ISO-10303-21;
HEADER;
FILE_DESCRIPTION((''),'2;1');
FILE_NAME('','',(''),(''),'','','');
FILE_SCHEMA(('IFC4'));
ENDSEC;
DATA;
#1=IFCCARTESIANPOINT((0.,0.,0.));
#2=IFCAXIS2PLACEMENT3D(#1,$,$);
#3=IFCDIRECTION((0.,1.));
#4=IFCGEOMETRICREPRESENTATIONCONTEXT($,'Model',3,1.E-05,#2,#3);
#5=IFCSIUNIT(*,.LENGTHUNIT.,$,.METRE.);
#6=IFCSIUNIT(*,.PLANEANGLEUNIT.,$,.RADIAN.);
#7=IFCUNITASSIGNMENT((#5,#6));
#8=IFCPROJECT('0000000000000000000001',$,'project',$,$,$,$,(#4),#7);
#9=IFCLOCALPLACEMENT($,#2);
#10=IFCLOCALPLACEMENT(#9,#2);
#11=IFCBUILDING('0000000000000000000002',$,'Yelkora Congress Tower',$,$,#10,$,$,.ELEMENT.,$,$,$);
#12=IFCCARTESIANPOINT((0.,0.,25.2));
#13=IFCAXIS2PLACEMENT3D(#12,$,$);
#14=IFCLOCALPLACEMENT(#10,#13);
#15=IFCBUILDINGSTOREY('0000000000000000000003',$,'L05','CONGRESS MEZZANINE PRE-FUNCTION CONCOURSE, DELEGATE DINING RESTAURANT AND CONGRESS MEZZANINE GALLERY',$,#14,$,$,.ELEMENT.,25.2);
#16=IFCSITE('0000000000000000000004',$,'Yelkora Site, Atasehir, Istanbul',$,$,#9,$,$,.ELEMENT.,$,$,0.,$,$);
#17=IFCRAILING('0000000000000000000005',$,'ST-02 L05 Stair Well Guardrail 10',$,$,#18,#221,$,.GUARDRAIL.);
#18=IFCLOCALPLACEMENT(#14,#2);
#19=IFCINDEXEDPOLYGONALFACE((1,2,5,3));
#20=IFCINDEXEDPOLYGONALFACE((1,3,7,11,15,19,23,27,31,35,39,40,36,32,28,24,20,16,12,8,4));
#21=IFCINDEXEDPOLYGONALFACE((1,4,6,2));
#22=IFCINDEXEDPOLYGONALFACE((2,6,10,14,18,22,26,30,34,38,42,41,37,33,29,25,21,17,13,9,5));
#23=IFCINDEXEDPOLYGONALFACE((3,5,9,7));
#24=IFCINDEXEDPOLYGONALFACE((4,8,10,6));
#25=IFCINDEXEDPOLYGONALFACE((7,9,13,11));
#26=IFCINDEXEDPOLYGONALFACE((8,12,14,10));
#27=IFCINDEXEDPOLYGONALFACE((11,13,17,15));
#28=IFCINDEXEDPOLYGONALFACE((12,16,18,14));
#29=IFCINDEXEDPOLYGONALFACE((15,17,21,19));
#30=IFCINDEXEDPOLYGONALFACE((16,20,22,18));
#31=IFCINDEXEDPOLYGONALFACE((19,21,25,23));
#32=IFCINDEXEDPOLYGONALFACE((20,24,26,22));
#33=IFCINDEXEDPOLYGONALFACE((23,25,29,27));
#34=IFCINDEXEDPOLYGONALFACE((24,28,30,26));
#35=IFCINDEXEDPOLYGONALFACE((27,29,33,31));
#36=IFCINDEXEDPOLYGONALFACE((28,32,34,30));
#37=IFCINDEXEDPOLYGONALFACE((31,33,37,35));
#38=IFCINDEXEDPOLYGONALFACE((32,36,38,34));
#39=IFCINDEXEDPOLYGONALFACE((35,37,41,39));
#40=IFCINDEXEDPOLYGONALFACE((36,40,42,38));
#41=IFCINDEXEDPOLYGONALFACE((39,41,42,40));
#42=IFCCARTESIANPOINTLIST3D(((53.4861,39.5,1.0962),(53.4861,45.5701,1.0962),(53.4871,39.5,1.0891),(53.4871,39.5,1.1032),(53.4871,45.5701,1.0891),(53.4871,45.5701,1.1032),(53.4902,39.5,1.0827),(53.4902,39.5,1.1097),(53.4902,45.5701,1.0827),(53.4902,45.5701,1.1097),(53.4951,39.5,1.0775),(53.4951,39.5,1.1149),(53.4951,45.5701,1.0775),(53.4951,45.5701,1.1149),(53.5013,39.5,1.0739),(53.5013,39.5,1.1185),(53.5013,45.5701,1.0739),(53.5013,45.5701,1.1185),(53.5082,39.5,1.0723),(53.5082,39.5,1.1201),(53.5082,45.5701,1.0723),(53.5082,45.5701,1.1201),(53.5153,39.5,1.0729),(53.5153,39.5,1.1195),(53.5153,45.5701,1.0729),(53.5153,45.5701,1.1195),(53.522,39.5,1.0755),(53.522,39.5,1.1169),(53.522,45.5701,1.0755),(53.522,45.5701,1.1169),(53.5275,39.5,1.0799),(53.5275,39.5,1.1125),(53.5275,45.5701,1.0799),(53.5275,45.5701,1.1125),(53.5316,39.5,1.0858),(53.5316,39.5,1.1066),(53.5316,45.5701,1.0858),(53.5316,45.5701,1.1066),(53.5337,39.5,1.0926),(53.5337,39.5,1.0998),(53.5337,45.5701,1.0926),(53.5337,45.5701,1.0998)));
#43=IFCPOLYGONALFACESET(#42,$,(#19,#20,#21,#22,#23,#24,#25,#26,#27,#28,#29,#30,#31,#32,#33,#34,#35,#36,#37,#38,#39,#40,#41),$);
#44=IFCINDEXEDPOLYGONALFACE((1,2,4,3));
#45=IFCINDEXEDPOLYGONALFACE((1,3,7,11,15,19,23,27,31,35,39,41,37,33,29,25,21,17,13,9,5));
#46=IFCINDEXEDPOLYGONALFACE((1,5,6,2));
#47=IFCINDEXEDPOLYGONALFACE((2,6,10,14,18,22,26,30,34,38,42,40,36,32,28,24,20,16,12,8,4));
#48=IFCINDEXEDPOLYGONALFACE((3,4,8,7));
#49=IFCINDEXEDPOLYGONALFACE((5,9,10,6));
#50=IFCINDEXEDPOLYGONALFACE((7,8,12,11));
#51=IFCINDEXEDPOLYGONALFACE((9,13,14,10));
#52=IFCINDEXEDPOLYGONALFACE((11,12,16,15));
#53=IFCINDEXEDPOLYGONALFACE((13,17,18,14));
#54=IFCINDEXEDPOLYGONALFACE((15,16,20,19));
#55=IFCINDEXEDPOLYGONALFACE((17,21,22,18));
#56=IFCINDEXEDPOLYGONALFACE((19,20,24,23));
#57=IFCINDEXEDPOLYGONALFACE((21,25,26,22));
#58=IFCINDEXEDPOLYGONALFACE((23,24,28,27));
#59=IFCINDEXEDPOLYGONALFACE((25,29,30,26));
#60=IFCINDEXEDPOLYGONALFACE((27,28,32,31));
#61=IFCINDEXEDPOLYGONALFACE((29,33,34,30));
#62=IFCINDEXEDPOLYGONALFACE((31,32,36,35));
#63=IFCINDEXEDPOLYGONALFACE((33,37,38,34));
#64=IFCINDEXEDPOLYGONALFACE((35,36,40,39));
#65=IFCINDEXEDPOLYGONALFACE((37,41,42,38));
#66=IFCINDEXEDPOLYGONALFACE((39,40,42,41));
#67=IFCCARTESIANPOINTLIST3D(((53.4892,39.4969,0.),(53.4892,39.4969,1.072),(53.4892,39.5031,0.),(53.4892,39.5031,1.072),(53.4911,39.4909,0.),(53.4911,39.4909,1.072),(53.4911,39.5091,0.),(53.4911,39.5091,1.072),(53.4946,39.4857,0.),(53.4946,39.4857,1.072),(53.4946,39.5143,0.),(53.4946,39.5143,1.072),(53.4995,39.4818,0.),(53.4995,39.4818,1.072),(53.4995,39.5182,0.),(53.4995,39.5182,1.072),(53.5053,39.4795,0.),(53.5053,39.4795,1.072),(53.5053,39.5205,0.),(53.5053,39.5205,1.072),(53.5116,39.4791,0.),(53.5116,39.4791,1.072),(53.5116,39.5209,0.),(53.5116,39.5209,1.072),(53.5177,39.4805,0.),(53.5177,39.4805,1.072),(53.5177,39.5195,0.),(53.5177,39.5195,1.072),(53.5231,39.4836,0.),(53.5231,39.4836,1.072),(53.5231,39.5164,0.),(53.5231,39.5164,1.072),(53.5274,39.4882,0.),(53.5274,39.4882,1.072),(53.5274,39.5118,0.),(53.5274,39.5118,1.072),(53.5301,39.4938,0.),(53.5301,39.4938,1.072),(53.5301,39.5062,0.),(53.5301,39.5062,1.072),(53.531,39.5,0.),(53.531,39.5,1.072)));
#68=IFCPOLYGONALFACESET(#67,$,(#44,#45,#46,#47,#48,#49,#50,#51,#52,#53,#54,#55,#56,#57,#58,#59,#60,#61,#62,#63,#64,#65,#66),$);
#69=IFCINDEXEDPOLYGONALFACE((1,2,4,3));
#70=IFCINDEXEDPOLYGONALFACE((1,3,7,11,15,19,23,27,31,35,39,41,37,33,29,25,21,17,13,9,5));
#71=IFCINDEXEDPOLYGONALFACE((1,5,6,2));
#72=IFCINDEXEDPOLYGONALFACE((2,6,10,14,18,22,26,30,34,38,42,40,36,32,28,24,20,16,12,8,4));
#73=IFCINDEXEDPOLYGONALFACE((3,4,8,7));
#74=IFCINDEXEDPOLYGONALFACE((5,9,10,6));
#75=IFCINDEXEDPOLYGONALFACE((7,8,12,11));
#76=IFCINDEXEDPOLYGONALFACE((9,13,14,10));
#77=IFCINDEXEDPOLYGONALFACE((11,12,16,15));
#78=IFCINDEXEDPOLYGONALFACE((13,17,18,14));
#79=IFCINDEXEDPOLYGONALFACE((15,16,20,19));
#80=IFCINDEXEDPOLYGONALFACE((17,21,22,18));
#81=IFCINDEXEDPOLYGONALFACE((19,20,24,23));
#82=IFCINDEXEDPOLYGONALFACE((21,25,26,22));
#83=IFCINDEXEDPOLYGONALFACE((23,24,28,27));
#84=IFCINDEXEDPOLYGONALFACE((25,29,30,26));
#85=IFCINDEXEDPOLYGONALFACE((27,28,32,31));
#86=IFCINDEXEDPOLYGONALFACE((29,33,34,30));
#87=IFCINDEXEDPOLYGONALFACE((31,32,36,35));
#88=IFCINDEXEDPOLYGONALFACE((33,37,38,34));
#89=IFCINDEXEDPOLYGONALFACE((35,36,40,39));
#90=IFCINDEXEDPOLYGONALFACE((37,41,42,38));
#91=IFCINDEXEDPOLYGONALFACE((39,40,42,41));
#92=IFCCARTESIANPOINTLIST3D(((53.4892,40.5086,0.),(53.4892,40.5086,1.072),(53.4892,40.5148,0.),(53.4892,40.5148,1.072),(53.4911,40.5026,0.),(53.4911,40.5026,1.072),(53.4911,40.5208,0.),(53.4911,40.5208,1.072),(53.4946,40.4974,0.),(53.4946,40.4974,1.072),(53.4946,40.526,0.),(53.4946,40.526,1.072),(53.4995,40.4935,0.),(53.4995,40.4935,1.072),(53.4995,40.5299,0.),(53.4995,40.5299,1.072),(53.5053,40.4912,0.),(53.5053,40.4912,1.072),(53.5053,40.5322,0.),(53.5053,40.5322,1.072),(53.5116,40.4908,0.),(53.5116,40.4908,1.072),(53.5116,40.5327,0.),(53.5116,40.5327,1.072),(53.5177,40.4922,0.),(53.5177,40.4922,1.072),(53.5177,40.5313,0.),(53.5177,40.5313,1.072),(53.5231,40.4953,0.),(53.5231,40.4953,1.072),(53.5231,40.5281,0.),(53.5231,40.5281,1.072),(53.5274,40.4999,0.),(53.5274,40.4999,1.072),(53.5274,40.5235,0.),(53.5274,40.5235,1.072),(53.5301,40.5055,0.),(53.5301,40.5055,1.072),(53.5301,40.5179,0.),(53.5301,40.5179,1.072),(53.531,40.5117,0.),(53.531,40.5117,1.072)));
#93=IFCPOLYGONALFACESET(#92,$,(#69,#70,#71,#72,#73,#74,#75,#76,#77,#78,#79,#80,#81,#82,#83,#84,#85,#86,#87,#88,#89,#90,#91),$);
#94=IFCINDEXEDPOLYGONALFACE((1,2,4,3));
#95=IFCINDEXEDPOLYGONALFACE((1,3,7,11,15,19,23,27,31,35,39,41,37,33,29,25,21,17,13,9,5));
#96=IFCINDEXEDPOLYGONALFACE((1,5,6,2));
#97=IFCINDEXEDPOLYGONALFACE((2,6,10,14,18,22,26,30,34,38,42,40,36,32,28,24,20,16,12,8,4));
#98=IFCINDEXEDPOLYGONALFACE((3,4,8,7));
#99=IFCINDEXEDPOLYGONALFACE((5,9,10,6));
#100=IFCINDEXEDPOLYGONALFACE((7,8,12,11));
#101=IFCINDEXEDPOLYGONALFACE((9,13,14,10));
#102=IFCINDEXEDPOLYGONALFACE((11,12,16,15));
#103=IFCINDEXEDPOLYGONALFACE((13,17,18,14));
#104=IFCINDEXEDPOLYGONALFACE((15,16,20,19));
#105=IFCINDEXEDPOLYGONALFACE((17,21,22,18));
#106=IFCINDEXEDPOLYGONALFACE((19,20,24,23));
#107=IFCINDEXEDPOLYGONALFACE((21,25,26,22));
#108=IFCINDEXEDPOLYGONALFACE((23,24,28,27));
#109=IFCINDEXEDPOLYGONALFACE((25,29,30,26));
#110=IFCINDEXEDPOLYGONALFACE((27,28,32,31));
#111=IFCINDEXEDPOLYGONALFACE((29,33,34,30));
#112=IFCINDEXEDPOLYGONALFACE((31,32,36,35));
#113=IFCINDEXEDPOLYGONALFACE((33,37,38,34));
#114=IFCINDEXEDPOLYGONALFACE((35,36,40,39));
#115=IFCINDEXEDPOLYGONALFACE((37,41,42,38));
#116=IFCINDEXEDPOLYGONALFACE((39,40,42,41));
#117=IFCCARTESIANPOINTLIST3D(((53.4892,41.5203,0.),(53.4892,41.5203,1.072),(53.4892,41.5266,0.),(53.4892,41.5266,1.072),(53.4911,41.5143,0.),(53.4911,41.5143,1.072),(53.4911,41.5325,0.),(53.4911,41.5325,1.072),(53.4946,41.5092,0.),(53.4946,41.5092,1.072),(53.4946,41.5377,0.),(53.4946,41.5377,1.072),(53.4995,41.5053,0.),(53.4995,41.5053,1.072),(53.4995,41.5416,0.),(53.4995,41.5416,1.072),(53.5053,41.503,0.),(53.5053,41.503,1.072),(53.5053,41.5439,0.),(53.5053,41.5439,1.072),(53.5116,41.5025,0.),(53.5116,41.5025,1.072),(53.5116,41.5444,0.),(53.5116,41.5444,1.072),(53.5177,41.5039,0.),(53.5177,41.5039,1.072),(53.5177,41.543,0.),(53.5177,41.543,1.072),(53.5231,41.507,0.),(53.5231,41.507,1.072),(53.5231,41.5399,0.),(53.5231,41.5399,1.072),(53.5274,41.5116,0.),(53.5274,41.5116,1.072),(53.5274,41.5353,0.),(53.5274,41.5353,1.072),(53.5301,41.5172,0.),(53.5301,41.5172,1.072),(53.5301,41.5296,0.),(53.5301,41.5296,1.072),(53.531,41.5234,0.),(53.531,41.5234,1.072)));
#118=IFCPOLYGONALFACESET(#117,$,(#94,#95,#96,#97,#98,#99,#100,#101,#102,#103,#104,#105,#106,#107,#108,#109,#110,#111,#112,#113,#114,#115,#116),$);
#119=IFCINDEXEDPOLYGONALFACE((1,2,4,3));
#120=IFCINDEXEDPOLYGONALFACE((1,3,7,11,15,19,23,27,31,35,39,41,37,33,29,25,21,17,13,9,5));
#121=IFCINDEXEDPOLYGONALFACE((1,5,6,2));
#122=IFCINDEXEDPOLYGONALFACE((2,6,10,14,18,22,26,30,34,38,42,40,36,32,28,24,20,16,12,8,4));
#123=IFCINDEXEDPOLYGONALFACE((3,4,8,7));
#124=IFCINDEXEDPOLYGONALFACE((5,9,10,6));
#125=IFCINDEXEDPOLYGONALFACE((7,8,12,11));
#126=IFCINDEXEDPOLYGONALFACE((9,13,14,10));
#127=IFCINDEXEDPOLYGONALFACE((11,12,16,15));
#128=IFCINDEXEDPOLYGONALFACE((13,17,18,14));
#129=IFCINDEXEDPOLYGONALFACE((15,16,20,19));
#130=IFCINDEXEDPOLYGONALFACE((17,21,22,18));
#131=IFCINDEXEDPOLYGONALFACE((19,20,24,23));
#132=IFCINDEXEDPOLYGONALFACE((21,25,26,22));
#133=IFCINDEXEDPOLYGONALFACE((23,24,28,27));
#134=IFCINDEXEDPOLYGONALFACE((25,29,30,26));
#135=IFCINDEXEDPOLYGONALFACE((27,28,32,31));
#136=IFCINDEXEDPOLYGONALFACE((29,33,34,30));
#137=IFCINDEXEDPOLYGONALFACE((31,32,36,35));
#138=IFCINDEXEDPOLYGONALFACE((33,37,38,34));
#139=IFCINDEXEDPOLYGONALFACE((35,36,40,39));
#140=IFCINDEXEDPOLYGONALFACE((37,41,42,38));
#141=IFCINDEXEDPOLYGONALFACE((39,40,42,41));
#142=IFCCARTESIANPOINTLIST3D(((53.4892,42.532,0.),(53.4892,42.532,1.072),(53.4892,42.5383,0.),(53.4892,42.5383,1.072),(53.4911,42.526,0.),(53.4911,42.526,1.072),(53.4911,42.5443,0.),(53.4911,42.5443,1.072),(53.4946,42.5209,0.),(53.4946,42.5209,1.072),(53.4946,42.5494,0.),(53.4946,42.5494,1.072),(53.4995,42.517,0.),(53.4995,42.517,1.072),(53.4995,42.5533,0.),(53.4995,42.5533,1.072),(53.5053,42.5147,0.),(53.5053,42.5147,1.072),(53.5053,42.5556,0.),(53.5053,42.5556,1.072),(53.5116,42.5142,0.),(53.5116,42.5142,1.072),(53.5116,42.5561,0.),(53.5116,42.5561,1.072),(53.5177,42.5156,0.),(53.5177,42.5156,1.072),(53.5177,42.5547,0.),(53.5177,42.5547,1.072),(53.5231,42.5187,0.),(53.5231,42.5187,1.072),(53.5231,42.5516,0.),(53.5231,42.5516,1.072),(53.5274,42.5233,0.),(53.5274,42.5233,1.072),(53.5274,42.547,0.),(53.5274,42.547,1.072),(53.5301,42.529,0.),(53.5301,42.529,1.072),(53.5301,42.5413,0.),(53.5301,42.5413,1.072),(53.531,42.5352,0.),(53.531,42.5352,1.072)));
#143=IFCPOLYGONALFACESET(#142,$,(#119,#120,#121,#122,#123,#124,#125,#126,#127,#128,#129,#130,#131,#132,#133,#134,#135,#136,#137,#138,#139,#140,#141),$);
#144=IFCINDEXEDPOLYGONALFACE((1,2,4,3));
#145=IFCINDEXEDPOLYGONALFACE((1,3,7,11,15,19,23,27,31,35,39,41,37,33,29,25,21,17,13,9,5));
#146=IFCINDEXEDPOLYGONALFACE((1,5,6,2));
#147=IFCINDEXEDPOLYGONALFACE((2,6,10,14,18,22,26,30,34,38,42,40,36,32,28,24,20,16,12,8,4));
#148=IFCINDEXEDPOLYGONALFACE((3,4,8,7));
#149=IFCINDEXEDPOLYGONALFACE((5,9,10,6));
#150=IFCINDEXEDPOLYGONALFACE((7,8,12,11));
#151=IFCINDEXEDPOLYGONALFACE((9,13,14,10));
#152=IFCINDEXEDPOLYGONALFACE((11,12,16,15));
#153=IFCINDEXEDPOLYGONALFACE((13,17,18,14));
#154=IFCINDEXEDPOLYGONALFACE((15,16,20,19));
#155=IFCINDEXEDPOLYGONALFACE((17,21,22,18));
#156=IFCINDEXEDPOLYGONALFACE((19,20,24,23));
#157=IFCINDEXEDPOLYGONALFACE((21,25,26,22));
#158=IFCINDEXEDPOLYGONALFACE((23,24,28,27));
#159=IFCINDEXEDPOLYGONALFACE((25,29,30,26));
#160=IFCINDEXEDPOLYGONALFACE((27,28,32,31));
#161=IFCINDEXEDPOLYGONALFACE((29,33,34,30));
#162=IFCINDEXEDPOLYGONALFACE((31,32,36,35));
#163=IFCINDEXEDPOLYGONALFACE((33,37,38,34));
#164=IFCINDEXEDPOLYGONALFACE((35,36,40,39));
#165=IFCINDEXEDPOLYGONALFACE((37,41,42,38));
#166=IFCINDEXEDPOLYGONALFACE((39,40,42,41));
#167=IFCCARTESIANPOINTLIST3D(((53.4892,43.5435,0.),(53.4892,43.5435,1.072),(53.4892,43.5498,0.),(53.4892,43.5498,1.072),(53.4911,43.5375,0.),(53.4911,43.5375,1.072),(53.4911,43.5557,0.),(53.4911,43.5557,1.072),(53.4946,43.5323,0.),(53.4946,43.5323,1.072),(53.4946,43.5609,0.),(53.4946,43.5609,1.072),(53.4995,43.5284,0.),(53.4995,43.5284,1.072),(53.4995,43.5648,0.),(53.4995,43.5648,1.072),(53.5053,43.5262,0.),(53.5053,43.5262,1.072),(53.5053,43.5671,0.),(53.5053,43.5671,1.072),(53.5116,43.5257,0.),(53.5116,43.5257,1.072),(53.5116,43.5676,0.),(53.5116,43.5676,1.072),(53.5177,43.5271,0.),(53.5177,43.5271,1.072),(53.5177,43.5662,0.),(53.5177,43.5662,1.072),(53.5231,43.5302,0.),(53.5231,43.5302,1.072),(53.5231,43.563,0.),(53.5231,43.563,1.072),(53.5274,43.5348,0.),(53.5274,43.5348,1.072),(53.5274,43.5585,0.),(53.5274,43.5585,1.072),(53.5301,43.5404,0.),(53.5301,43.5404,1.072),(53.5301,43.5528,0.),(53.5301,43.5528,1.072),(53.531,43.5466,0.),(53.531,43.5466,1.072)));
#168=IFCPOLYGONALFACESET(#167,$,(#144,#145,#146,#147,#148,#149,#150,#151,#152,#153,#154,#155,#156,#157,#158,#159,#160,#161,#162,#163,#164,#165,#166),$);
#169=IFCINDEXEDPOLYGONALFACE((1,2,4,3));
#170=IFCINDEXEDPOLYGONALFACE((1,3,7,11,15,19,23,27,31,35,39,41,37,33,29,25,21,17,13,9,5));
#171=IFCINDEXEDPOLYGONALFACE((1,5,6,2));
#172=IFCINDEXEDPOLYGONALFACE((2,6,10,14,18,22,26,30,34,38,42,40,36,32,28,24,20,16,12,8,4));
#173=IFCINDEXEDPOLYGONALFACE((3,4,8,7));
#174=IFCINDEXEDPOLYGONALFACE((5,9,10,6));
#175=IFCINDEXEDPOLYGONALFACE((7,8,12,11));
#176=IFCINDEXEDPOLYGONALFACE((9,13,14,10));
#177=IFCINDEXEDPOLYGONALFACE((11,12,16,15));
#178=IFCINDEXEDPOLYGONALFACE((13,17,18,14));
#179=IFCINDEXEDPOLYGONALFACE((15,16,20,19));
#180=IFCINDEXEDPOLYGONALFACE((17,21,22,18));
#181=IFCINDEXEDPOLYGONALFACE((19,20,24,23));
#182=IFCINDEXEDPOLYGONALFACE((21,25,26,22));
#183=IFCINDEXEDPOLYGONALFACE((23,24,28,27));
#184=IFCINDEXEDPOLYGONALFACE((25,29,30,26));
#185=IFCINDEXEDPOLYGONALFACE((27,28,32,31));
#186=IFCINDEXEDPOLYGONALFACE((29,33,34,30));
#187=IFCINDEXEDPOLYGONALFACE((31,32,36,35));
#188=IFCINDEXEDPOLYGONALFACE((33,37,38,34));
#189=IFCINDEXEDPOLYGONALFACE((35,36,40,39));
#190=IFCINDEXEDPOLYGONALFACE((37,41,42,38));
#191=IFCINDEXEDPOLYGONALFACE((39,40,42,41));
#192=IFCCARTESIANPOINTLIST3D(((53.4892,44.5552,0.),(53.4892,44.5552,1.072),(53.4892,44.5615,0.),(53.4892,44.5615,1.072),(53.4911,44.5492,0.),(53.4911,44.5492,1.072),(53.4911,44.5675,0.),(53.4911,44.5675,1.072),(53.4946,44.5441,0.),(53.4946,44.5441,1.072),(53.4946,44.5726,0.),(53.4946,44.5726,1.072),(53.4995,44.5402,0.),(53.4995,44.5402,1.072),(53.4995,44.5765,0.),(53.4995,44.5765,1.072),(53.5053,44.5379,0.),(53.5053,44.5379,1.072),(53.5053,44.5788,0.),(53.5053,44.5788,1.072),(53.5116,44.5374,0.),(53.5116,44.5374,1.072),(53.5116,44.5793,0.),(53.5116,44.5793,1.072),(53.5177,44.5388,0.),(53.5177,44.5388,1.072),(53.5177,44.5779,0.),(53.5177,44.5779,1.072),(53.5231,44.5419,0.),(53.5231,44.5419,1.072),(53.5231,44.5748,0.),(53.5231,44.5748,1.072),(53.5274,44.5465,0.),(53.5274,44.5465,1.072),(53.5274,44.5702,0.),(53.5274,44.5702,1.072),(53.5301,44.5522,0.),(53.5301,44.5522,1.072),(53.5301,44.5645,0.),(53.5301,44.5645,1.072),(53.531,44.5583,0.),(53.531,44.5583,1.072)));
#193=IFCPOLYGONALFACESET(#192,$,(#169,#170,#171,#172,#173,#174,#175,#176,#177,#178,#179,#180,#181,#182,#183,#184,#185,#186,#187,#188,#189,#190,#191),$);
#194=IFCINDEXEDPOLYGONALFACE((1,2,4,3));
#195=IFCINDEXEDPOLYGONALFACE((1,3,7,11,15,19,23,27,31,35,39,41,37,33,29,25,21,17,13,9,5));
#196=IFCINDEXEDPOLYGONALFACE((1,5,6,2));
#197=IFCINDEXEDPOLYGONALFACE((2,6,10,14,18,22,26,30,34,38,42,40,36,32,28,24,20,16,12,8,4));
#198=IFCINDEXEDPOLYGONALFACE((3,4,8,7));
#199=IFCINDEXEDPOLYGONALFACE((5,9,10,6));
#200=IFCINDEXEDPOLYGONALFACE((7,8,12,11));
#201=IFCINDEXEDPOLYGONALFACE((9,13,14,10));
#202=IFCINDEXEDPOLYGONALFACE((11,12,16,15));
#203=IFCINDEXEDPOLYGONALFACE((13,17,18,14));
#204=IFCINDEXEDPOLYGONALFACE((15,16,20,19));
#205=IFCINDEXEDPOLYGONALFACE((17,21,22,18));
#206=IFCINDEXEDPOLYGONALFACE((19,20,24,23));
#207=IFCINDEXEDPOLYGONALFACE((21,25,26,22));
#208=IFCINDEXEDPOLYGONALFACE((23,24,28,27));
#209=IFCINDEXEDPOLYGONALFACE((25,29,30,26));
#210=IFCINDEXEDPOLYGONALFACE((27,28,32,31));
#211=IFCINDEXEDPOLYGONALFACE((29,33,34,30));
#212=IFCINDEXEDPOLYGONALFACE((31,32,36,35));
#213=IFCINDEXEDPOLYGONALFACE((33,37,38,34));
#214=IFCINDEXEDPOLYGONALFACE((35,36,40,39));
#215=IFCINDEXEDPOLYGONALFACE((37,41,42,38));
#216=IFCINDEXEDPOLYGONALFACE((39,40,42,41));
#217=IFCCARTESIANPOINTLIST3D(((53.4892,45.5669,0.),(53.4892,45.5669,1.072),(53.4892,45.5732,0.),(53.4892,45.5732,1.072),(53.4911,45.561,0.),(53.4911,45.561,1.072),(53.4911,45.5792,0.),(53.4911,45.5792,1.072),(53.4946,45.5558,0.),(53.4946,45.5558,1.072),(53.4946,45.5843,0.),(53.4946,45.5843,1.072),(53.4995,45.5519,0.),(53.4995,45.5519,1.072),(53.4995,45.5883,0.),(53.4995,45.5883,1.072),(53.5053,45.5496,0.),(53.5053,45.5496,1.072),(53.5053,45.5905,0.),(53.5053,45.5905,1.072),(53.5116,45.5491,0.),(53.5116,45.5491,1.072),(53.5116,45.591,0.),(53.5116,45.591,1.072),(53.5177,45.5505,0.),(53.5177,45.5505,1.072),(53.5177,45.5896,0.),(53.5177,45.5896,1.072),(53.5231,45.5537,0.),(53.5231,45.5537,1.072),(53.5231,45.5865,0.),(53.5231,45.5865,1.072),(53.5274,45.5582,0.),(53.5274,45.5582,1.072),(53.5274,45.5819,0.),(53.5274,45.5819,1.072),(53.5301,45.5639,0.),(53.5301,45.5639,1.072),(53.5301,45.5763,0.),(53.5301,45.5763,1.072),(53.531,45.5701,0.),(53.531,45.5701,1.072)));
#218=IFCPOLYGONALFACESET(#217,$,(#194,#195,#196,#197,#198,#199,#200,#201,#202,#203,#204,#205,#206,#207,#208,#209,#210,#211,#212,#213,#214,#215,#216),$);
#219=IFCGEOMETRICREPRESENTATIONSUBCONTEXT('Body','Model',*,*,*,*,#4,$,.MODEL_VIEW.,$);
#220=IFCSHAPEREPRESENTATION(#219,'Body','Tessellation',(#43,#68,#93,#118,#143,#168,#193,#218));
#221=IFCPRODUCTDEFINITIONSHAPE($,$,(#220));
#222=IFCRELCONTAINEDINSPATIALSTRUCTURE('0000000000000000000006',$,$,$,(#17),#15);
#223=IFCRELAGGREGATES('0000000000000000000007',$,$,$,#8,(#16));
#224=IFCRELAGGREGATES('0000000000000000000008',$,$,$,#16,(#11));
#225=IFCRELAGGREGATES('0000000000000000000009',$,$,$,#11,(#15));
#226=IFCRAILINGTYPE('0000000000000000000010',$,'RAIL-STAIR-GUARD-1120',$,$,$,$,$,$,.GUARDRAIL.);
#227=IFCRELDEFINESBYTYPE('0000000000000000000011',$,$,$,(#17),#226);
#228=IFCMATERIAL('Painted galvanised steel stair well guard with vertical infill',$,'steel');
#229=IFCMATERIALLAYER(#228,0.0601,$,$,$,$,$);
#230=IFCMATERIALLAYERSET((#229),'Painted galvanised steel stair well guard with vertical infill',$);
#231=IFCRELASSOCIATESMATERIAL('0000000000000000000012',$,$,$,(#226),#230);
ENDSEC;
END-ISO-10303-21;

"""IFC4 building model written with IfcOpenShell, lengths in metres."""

from ifc_helpers import new_model, si_unit, direction, frame, origin, origin_2d, place, context, subcontext, project, spatial, circle, extrude, material, layer, layer_set, type_object, element, save


model = new_model("IFC4")

# Units and contexts
model_context = context("Model", 3, precision=1e-05, world=origin(), true_north=direction((0.0, 1.0)))
body_context = subcontext(model_context, "Body", "Model", "MODEL_VIEW")
ifc_project = project(units=[si_unit("LENGTHUNIT", "METRE"), si_unit("PLANEANGLEUNIT", "RADIAN")], contexts=[model_context])

# Site, building, storey
site_placement = place(None, origin())
site = spatial("IfcSite", under=ifc_project, at=site_placement, Name="Yelkora Site, Atasehir, Istanbul", CompositionType="ELEMENT", RefElevation=0.0)
building_placement = place(site_placement, origin())
building = spatial("IfcBuilding", under=site, at=building_placement, Name="Yelkora Congress Tower", CompositionType="ELEMENT")
storey_placement = place(building_placement, frame((0.0, 0.0, 25.2)))
storey = spatial("IfcBuildingStorey", under=building, at=storey_placement, Name="L05", Description="CONGRESS MEZZANINE PRE-FUNCTION CONCOURSE, DELEGATE DINING RESTAURANT AND CONGRESS MEZZANINE GALLERY", CompositionType="ELEMENT", Elevation=25.2)

# Railing
ifc_material_1 = material(Name="Painted galvanised steel stair well guard with vertical infill", Category="steel")
ifc_layer_1 = layer(ifc_material_1, 0.0601)
ifc_layer_set_1 = layer_set([ifc_layer_1], Name="Painted galvanised steel stair well guard with vertical infill")
railing_type_1 = type_object("IfcRailingType", Name="RAIL-STAIR-GUARD-1120", PredefinedType="GUARDRAIL", material=ifc_layer_set_1)
railing_1_placement = place(storey_placement, frame((53.51, 39.5, 0.0)))
element("IfcRailing", 1, at=railing_1_placement, inside=storey, type_object=railing_type_1, Name="ST-02 L05 Stair Well Guardrail 10", PredefinedType="GUARDRAIL", context=body_context, shape_type="SweptSolid", body=[
    extrude(circle(Radius=0.0239, at=origin_2d()), frame((0.0, 0.0, 1.0962), z_axis=(0.0, 1.0, 0.0), x_axis=(-1.0, 0.0, 0.0)), (0.0, 0.0, 1.0), 6.0701),
    extrude(circle(Radius=0.021, at=origin_2d()), origin(), (0.0, 0.0, 1.0), 1.072),
    extrude(circle(Radius=0.021, at=origin_2d()), frame((0.0, 1.0117, 0.0)), (0.0, 0.0, 1.0), 1.072),
    extrude(circle(Radius=0.021, at=origin_2d()), frame((0.0, 2.0234, 0.0)), (0.0, 0.0, 1.0), 1.072),
    extrude(circle(Radius=0.021, at=origin_2d()), frame((0.0, 3.0352, 0.0)), (0.0, 0.0, 1.0), 1.072),
    extrude(circle(Radius=0.021, at=origin_2d()), frame((0.0, 4.0466, 0.0)), (0.0, 0.0, 1.0), 1.072),
    extrude(circle(Radius=0.021, at=origin_2d()), frame((0.0, 5.0583, 0.0)), (0.0, 0.0, 1.0), 1.072),
    extrude(circle(Radius=0.021, at=origin_2d()), frame((0.0, 6.0701, 0.0)), (0.0, 0.0, 1.0), 1.072),
])

save(model, "model.ifc")
